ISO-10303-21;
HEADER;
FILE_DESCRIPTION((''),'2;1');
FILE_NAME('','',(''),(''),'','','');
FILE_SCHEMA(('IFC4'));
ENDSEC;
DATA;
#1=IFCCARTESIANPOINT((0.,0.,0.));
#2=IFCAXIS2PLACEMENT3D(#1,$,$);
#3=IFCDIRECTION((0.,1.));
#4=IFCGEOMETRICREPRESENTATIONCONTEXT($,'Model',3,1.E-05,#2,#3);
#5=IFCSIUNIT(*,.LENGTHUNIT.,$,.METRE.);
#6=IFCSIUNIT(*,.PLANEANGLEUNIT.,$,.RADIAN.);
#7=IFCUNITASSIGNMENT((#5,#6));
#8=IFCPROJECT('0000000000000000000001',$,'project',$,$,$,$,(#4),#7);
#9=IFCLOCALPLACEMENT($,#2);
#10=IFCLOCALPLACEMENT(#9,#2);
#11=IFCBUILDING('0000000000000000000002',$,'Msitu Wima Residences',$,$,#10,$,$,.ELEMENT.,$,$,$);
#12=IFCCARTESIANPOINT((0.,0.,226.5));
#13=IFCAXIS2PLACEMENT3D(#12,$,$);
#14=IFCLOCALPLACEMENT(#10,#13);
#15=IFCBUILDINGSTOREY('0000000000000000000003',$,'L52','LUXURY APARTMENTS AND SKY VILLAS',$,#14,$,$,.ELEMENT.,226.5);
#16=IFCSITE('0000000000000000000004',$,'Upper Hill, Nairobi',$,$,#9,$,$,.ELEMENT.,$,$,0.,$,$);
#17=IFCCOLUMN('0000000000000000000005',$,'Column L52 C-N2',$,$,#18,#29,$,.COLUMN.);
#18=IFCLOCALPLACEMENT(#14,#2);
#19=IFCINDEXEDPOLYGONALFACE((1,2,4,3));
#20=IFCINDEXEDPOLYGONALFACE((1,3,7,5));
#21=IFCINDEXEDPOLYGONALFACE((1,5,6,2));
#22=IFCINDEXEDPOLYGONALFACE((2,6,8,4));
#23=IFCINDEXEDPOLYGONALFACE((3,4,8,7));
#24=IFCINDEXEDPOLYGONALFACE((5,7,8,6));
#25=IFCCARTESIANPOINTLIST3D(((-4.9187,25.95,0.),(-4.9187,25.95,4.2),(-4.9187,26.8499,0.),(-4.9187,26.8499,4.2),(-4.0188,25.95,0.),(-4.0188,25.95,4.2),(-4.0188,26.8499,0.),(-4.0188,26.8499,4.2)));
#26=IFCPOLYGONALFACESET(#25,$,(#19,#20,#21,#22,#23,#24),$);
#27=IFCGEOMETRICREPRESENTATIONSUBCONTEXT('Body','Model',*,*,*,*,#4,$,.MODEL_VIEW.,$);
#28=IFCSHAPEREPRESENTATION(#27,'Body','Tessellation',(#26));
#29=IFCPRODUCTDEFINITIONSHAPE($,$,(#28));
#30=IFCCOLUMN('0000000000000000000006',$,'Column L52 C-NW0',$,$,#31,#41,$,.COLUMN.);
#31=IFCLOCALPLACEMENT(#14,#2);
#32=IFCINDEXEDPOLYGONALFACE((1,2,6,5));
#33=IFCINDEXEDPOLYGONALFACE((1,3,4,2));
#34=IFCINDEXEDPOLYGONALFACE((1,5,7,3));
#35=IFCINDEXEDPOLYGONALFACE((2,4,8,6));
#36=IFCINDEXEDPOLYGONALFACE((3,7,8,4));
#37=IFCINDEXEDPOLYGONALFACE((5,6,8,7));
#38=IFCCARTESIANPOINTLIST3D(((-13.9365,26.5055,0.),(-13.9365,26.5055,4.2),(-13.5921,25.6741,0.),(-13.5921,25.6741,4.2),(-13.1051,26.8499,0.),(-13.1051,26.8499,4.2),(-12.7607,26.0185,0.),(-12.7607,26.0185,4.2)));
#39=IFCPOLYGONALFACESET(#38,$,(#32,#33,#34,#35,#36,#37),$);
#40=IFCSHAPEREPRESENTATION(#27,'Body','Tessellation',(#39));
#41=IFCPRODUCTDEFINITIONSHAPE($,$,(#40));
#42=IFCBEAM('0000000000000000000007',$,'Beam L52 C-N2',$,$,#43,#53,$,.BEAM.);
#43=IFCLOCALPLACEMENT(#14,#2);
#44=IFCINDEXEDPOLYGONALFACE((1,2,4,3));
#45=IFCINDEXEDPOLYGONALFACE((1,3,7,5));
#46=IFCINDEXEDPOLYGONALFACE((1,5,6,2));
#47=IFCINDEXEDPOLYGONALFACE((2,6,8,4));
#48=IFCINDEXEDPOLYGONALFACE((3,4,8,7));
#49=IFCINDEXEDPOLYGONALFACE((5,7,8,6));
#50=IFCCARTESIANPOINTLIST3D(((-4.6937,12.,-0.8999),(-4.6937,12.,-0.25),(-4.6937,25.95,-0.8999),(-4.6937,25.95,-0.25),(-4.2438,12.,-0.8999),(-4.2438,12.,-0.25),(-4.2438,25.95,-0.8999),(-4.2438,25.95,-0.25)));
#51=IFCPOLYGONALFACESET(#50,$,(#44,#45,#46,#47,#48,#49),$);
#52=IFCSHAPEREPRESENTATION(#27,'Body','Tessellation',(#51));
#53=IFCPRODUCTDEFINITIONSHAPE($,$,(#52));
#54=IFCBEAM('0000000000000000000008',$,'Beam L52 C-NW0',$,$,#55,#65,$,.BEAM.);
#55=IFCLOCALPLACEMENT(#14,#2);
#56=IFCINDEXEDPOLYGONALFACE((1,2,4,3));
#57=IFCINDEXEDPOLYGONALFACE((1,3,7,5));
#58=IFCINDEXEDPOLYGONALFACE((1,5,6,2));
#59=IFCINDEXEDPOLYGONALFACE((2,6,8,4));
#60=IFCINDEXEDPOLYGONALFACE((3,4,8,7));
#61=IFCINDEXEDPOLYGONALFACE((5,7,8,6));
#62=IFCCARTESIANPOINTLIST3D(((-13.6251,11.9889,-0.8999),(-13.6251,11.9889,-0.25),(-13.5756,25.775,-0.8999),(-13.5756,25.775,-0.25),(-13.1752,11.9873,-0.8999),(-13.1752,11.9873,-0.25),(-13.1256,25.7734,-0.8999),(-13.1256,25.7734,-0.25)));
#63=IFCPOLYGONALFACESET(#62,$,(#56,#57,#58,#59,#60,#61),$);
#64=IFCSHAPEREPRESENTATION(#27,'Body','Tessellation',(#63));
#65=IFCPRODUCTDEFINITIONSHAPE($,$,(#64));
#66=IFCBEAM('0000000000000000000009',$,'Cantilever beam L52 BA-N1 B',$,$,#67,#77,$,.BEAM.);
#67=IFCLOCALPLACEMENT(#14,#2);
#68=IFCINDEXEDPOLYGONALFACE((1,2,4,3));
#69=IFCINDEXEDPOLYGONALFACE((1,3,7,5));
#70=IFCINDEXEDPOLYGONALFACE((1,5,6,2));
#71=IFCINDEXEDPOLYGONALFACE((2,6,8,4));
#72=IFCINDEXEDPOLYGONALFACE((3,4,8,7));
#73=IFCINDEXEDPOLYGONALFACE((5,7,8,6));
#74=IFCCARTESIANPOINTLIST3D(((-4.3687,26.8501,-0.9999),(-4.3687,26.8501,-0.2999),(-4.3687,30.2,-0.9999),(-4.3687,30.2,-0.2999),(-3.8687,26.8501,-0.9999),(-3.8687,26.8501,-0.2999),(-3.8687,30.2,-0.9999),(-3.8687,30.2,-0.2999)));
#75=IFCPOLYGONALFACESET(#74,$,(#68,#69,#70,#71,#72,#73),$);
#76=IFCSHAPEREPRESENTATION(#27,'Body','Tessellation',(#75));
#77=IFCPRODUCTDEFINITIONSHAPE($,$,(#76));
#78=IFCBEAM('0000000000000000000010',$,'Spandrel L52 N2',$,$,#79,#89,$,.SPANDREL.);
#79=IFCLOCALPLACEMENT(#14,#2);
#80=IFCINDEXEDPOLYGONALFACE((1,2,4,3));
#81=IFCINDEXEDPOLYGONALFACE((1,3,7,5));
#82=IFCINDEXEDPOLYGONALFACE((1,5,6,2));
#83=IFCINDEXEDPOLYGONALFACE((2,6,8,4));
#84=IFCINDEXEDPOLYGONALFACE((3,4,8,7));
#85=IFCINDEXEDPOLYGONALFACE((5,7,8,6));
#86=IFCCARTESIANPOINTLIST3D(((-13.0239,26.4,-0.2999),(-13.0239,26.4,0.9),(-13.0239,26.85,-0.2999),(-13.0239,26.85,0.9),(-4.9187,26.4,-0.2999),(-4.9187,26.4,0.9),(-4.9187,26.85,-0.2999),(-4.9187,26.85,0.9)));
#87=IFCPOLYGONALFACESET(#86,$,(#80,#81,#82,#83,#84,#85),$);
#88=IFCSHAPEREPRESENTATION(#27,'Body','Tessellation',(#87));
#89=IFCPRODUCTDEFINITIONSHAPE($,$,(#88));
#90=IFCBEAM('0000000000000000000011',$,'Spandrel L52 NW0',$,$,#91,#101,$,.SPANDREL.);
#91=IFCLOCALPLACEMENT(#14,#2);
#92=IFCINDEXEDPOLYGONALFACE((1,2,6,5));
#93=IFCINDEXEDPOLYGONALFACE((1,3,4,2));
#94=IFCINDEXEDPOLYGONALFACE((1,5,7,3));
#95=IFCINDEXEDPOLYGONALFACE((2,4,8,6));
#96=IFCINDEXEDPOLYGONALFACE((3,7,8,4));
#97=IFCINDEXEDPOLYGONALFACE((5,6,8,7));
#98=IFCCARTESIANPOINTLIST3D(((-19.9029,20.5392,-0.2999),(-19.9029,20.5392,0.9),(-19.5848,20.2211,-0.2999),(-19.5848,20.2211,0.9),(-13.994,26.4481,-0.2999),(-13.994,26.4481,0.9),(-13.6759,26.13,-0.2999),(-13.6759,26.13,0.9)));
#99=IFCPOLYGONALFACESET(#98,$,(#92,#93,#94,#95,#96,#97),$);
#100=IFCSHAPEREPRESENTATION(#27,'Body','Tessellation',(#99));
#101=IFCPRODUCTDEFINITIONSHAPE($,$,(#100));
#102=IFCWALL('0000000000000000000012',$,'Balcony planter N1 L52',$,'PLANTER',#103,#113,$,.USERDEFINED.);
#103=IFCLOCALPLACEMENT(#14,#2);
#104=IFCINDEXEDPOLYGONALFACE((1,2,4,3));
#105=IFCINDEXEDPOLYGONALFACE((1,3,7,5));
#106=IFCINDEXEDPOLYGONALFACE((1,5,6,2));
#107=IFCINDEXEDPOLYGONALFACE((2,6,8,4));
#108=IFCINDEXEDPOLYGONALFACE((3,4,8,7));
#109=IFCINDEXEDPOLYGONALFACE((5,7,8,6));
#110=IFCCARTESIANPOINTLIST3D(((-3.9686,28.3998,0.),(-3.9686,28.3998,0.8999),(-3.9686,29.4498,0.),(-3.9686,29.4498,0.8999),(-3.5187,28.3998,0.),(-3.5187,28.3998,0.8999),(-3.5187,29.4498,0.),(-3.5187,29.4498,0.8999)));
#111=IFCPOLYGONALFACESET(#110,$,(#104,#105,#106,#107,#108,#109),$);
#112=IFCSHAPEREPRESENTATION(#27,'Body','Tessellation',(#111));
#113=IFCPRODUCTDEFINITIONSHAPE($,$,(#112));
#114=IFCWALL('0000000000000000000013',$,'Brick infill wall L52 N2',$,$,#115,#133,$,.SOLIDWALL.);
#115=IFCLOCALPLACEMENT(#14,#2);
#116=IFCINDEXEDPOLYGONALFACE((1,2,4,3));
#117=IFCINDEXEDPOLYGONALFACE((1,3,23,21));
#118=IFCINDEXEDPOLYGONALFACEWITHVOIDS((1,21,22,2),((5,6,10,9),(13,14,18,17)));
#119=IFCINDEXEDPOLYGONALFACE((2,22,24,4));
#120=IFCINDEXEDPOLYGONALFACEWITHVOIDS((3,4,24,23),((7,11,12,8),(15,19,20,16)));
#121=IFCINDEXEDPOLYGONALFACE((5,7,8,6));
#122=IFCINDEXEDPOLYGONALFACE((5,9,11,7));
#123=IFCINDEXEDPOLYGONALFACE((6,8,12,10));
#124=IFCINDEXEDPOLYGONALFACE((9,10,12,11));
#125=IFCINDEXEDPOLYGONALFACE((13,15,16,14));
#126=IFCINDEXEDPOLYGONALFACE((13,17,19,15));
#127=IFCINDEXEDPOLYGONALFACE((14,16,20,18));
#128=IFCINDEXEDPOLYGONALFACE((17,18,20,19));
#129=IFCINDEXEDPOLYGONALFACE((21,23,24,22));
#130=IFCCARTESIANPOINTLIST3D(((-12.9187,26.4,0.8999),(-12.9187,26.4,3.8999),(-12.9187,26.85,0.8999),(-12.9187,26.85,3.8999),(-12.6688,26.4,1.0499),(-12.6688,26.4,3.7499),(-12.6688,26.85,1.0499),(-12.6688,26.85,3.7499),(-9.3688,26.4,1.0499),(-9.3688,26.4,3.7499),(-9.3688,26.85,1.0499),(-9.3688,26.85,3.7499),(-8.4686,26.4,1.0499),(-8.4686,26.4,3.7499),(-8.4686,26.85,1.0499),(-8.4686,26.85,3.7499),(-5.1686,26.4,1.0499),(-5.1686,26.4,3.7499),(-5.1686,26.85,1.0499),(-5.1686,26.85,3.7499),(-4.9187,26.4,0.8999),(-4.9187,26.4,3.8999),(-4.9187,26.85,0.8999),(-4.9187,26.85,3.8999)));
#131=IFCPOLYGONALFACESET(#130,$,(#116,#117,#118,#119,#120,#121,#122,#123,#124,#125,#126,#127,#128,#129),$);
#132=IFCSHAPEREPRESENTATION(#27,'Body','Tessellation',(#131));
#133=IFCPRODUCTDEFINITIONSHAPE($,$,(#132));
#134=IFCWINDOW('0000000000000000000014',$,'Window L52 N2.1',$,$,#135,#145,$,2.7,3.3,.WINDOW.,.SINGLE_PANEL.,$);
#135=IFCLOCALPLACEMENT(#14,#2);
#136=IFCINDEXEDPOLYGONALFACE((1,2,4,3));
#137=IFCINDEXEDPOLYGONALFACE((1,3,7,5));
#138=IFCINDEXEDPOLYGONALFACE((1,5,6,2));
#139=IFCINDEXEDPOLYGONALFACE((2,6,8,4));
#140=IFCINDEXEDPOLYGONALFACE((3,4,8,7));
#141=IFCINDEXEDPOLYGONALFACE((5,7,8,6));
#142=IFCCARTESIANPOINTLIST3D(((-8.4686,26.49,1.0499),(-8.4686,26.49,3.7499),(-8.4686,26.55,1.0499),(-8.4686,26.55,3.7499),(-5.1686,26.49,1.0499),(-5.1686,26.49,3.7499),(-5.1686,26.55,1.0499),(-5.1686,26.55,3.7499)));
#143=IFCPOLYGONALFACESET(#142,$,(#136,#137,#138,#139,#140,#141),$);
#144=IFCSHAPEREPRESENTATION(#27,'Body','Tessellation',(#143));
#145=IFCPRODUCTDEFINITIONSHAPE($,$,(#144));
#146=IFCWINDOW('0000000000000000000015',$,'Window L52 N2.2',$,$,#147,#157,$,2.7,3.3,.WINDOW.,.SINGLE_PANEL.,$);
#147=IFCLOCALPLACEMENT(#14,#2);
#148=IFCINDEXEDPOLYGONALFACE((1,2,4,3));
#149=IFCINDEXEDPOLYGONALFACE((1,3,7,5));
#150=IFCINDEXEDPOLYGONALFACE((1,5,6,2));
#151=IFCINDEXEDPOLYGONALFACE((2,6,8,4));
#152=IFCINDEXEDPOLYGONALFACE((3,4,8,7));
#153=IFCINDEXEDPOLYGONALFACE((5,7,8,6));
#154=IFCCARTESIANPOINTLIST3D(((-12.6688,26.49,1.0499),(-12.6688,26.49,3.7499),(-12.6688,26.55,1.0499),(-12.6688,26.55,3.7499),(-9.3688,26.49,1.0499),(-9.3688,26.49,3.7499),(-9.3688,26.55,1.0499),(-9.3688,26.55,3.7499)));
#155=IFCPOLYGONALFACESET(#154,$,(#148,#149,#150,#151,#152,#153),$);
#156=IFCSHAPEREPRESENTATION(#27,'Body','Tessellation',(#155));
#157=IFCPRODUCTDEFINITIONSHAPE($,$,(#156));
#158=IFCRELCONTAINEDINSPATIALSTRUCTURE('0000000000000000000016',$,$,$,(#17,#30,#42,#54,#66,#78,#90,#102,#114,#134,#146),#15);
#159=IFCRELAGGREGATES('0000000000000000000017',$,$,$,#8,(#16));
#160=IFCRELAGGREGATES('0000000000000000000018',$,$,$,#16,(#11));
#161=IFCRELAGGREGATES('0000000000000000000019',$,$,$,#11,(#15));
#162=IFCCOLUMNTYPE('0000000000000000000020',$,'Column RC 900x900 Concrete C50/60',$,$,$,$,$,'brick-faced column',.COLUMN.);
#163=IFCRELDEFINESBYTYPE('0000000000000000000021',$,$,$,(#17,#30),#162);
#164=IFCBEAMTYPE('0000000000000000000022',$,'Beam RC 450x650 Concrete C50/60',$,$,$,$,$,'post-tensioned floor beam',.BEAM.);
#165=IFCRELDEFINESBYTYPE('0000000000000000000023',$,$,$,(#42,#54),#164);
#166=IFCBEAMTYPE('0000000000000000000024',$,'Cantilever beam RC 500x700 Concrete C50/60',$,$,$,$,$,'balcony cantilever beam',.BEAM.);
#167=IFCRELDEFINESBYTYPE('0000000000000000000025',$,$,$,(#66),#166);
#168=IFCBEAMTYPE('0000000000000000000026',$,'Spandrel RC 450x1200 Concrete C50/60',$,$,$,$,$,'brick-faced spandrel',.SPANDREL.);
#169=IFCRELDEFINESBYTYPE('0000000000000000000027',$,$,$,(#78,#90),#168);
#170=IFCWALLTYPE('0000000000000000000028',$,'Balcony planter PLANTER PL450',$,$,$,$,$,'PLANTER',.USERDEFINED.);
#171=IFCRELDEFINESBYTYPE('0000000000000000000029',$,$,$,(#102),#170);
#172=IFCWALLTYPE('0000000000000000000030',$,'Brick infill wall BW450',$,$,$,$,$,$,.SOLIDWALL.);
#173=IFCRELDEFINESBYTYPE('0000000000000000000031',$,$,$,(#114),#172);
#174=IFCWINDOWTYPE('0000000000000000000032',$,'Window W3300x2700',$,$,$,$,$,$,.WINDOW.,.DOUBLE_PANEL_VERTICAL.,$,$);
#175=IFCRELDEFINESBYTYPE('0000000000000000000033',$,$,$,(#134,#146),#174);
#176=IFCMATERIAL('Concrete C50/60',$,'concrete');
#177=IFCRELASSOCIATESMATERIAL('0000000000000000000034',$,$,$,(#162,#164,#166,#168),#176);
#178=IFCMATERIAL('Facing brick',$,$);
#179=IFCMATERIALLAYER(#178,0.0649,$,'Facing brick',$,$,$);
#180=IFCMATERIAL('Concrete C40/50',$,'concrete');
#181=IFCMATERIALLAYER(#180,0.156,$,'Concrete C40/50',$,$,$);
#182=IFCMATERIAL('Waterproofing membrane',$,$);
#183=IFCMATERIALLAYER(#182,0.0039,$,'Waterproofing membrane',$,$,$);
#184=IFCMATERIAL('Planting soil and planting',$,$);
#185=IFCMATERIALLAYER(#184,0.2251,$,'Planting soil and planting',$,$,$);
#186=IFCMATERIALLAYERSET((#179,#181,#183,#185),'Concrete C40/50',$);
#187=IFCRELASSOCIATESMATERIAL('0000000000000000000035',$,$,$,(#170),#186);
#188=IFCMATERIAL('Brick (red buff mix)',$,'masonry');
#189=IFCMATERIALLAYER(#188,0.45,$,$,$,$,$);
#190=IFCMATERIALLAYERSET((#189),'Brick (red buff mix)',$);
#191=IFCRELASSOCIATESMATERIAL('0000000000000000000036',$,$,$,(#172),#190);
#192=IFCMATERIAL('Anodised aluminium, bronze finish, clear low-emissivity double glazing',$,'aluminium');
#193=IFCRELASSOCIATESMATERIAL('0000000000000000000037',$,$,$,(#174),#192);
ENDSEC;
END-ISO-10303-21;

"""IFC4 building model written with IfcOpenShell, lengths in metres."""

from ifc_helpers import new_model, si_unit, direction, frame, frame_2d, origin, origin_2d, place, context, subcontext, project, spatial, rectangle, extrude, material, layer, layer_set, material_profile, profile_set, type_object, element, fill, save


model = new_model("IFC4")

# Units and contexts
model_context = context("Model", 3, precision=1e-05, world=origin(), true_north=direction((0.0, 1.0)))
body_context = subcontext(model_context, "Body", "Model", "MODEL_VIEW")
ifc_project = project(units=[si_unit("LENGTHUNIT", "METRE"), si_unit("PLANEANGLEUNIT", "RADIAN")], contexts=[model_context])

# Site, building, storey
site_placement = place(None, origin())
site = spatial("IfcSite", under=ifc_project, at=site_placement, Name="Upper Hill, Nairobi", CompositionType="ELEMENT", RefElevation=0.0)
building_placement = place(site_placement, origin())
building = spatial("IfcBuilding", under=site, at=building_placement, Name="Msitu Wima Residences", CompositionType="ELEMENT")
storey_placement = place(building_placement, frame((0.0, 0.0, 226.5)))
storey = spatial("IfcBuildingStorey", under=building, at=storey_placement, Name="L52", Description="LUXURY APARTMENTS AND SKY VILLAS", CompositionType="ELEMENT", Elevation=226.5)

# Columns
ifc_material_1 = material(Name="Concrete C50/60", Category="concrete")
ifc_material_profile_1 = material_profile(ifc_material_1, rectangle(XDim=0.8999, YDim=0.8999, at=origin_2d()), Name="RC 900x900")
ifc_profile_set_1 = profile_set([ifc_material_profile_1], Name="Concrete C50/60")
column_type = type_object("IfcColumnType", Name="Column RC 900x900 Concrete C50/60", ElementType="brick-faced column", PredefinedType="COLUMN", material=ifc_profile_set_1)
for number, where, z_axis, x_axis, name in (
    (1, (-4.4688, 26.3999, 0.0), (0.0, 0.0, 1.0), (-1.0, 0.0, 0.0), "Column L52 C-N2"),
    (2, (-13.3486, 26.262, 0.0), (0.0, 0.0, 1.0), (-0.92388, -0.382683, 0.0), "Column L52 C-NW0"),
):
    element("IfcColumn", number, at=place(storey_placement, frame(where, z_axis=z_axis, x_axis=x_axis)), inside=storey, type_object=column_type, Name=name, PredefinedType="COLUMN", context=body_context, shape_type="SweptSolid", body=[
        extrude(rectangle(XDim=0.8999, YDim=0.8999, at=origin_2d()), origin(), (0.0, 0.0, 1.0), 4.2),
    ])

# Beams
ifc_material_profile_2 = material_profile(ifc_material_1, rectangle(XDim=0.45, YDim=0.6499, at=origin_2d()), Name="RC 450x650")
ifc_profile_set_2 = profile_set([ifc_material_profile_2], Name="Concrete C50/60")
beam_type_1 = type_object("IfcBeamType", Name="Beam RC 450x650 Concrete C50/60", ElementType="post-tensioned floor beam", PredefinedType="BEAM", material=ifc_profile_set_2)
beam_1_placement = place(storey_placement, frame((-4.4688, 25.95, -0.575), z_axis=(0.0, -1.0, 0.0), x_axis=(1.0, 0.0, 0.0)))
element("IfcBeam", 3, at=beam_1_placement, inside=storey, type_object=beam_type_1, Name="Beam L52 C-N2", PredefinedType="BEAM", context=body_context, shape_type="SweptSolid", body=[
    extrude(rectangle(XDim=0.45, YDim=0.6499, at=origin_2d()), origin(), (0.0, 0.0, 1.0), 13.95),
])
beam_2_placement = place(storey_placement, frame((-13.3506, 25.7742, -0.575), z_axis=(-0.003595, -0.999994, 0.0), x_axis=(0.999994, -0.003595, 0.0)))
element("IfcBeam", 4, at=beam_2_placement, inside=storey, type_object=beam_type_1, Name="Beam L52 C-NW0", PredefinedType="BEAM", context=body_context, shape_type="SweptSolid", body=[
    extrude(rectangle(XDim=0.45, YDim=0.6499, at=origin_2d()), origin(), (0.0, 0.0, 1.0), 13.7861),
])
ifc_material_profile_3 = material_profile(ifc_material_1, rectangle(XDim=0.5, YDim=0.7, at=origin_2d()), Name="RC 500x700")
ifc_profile_set_3 = profile_set([ifc_material_profile_3], Name="Concrete C50/60")
beam_type_2 = type_object("IfcBeamType", Name="Cantilever beam RC 500x700 Concrete C50/60", ElementType="balcony cantilever beam", PredefinedType="BEAM", material=ifc_profile_set_3)
beam_3_placement = place(storey_placement, frame((-4.1187, 26.8501, -0.6499), z_axis=(0.0, 1.0, 0.0), x_axis=(-1.0, 0.0, 0.0)))
element("IfcBeam", 5, at=beam_3_placement, inside=storey, type_object=beam_type_2, Name="Cantilever beam L52 BA-N1 B", PredefinedType="BEAM", context=body_context, shape_type="SweptSolid", body=[
    extrude(rectangle(XDim=0.5, YDim=0.7, at=origin_2d()), origin(), (0.0, 0.0, 1.0), 3.3499),
])
ifc_material_profile_4 = material_profile(ifc_material_1, rectangle(XDim=0.45, YDim=1.2, at=origin_2d()), Name="RC 450x1200")
ifc_profile_set_4 = profile_set([ifc_material_profile_4], Name="Concrete C50/60")
beam_type_3 = type_object("IfcBeamType", Name="Spandrel RC 450x1200 Concrete C50/60", ElementType="brick-faced spandrel", PredefinedType="SPANDREL", material=ifc_profile_set_4)
beam_4_placement = place(storey_placement, frame((-4.9187, 26.625, 0.3), z_axis=(-1.0, 0.0, 0.0), x_axis=(0.0, -1.0, 0.0)))
element("IfcBeam", 6, at=beam_4_placement, inside=storey, type_object=beam_type_3, Name="Spandrel L52 N2", PredefinedType="SPANDREL", context=body_context, shape_type="SweptSolid", body=[
    extrude(rectangle(XDim=0.45, YDim=1.2, at=origin_2d()), origin(), (0.0, 0.0, 1.0), 8.1052),
])
beam_5_placement = place(storey_placement, frame((-13.835, 26.2891, 0.3), z_axis=(-0.707107, -0.707107, 0.0), x_axis=(0.707107, -0.707107, 0.0)))
element("IfcBeam", 7, at=beam_5_placement, inside=storey, type_object=beam_type_3, Name="Spandrel L52 NW0", PredefinedType="SPANDREL", context=body_context, shape_type="SweptSolid", body=[
    extrude(rectangle(XDim=0.45, YDim=1.2, at=origin_2d()), origin(), (0.0, 0.0, 1.0), 8.3564),
])

# Wall
ifc_material_2 = material(Name="Facing brick")
ifc_layer_1 = layer(ifc_material_2, 0.0649, Name="Facing brick")
ifc_material_3 = material(Name="Concrete C40/50", Category="concrete")
ifc_layer_2 = layer(ifc_material_3, 0.156, Name="Concrete C40/50")
ifc_material_4 = material(Name="Waterproofing membrane")
ifc_layer_3 = layer(ifc_material_4, 0.0039, Name="Waterproofing membrane")
ifc_material_5 = material(Name="Planting soil and planting")
ifc_layer_4 = layer(ifc_material_5, 0.2251, Name="Planting soil and planting")
ifc_layer_set_1 = layer_set([ifc_layer_1, ifc_layer_2, ifc_layer_3, ifc_layer_4], Name="Concrete C40/50")
wall_type_1 = type_object("IfcWallType", Name="Balcony planter PLANTER PL450", ElementType="PLANTER", PredefinedType="USERDEFINED", material=ifc_layer_set_1)
wall_1_placement = place(storey_placement, frame((-3.7437, 28.3999, 0.0), z_axis=(0.0, 0.0, 1.0), x_axis=(0.0, 1.0, 0.0)))
element("IfcWall", 8, at=wall_1_placement, inside=storey, type_object=wall_type_1, Name="Balcony planter N1 L52", ObjectType="PLANTER", PredefinedType="USERDEFINED", context=body_context, shape_type="SweptSolid", body=[
    extrude(rectangle(XDim=1.05, YDim=0.45, at=frame_2d((0.5249, 0.0))), origin(), (0.0, 0.0, 1.0), 0.8999),
])

# Wall, openings, windows
ifc_material_6 = material(Name="Brick (red buff mix)", Category="masonry")
ifc_layer_5 = layer(ifc_material_6, 0.45)
ifc_layer_set_2 = layer_set([ifc_layer_5], Name="Brick (red buff mix)")
wall_type_2 = type_object("IfcWallType", Name="Brick infill wall BW450", PredefinedType="SOLIDWALL", material=ifc_layer_set_2)
wall_2_placement = place(storey_placement, frame((-4.9187, 26.625, 0.8999), z_axis=(0.0, 0.0, 1.0), x_axis=(-1.0, 0.0, 0.0)))
wall_2 = element("IfcWall", 9, at=wall_2_placement, inside=storey, type_object=wall_type_2, Name="Brick infill wall L52 N2", PredefinedType="SOLIDWALL", context=body_context, shape_type="SweptSolid", body=[
    extrude(rectangle(XDim=8.0, YDim=0.45, at=frame_2d((4.0, 0.0))), origin(), (0.0, 0.0, 1.0), 3.0),
])
opening_1_placement = place(wall_2_placement, frame((0.25, 0.0, 0.1499)))
opening_1 = element("IfcOpeningElement", 10, at=opening_1_placement, cuts=wall_2, PredefinedType="OPENING", context=body_context, shape_type="SweptSolid", body=[
    extrude(rectangle(XDim=3.3, YDim=2.7, at=frame_2d((1.6499, 1.3501))), frame((0.0, 0.2349, 0.0), z_axis=(0.0, -1.0, 0.0), x_axis=(1.0, 0.0, 0.0)), (0.0, 0.0, 1.0), 0.47),
])
opening_2_placement = place(wall_2_placement, frame((4.4502, 0.0, 0.1499)))
opening_2 = element("IfcOpeningElement", 11, at=opening_2_placement, cuts=wall_2, PredefinedType="OPENING", context=body_context, shape_type="SweptSolid", body=[
    extrude(rectangle(XDim=3.3, YDim=2.7, at=frame_2d((1.6499, 1.3501))), frame((0.0, 0.2349, 0.0), z_axis=(0.0, -1.0, 0.0), x_axis=(1.0, 0.0, 0.0)), (0.0, 0.0, 1.0), 0.47),
])
ifc_material_7 = material(Name="Anodised aluminium, bronze finish, clear low-emissivity double glazing", Category="aluminium")
window_type = type_object("IfcWindowType", Name="Window W3300x2700", PartitioningType="DOUBLE_PANEL_VERTICAL", PredefinedType="WINDOW", material=ifc_material_7)
window_1_placement = place(opening_1_placement, origin())
window_1 = element("IfcWindow", 12, at=window_1_placement, inside=storey, type_object=window_type, Name="Window L52 N2.1", OverallHeight=2.7, OverallWidth=3.3, PartitioningType="SINGLE_PANEL", PredefinedType="WINDOW", context=body_context, shape_type="SweptSolid", body=[
    extrude(rectangle(XDim=3.3, YDim=2.7, at=frame_2d((1.6499, 1.3501))), frame((0.0, 0.135, 0.0), z_axis=(0.0, -1.0, 0.0), x_axis=(1.0, 0.0, 0.0)), (0.0, 0.0, 1.0), 0.0601),
])
fill(opening_1, window_1)
window_2_placement = place(opening_2_placement, origin())
window_2 = element("IfcWindow", 13, at=window_2_placement, inside=storey, type_object=window_type, Name="Window L52 N2.2", OverallHeight=2.7, OverallWidth=3.3, PartitioningType="SINGLE_PANEL", PredefinedType="WINDOW", context=body_context, shape_type="SweptSolid", body=[
    extrude(rectangle(XDim=3.3, YDim=2.7, at=frame_2d((1.6499, 1.3501))), frame((0.0, 0.135, 0.0), z_axis=(0.0, -1.0, 0.0), x_axis=(1.0, 0.0, 0.0)), (0.0, 0.0, 1.0), 0.0601),
])
fill(opening_2, window_2)

save(model, "model.ifc")
